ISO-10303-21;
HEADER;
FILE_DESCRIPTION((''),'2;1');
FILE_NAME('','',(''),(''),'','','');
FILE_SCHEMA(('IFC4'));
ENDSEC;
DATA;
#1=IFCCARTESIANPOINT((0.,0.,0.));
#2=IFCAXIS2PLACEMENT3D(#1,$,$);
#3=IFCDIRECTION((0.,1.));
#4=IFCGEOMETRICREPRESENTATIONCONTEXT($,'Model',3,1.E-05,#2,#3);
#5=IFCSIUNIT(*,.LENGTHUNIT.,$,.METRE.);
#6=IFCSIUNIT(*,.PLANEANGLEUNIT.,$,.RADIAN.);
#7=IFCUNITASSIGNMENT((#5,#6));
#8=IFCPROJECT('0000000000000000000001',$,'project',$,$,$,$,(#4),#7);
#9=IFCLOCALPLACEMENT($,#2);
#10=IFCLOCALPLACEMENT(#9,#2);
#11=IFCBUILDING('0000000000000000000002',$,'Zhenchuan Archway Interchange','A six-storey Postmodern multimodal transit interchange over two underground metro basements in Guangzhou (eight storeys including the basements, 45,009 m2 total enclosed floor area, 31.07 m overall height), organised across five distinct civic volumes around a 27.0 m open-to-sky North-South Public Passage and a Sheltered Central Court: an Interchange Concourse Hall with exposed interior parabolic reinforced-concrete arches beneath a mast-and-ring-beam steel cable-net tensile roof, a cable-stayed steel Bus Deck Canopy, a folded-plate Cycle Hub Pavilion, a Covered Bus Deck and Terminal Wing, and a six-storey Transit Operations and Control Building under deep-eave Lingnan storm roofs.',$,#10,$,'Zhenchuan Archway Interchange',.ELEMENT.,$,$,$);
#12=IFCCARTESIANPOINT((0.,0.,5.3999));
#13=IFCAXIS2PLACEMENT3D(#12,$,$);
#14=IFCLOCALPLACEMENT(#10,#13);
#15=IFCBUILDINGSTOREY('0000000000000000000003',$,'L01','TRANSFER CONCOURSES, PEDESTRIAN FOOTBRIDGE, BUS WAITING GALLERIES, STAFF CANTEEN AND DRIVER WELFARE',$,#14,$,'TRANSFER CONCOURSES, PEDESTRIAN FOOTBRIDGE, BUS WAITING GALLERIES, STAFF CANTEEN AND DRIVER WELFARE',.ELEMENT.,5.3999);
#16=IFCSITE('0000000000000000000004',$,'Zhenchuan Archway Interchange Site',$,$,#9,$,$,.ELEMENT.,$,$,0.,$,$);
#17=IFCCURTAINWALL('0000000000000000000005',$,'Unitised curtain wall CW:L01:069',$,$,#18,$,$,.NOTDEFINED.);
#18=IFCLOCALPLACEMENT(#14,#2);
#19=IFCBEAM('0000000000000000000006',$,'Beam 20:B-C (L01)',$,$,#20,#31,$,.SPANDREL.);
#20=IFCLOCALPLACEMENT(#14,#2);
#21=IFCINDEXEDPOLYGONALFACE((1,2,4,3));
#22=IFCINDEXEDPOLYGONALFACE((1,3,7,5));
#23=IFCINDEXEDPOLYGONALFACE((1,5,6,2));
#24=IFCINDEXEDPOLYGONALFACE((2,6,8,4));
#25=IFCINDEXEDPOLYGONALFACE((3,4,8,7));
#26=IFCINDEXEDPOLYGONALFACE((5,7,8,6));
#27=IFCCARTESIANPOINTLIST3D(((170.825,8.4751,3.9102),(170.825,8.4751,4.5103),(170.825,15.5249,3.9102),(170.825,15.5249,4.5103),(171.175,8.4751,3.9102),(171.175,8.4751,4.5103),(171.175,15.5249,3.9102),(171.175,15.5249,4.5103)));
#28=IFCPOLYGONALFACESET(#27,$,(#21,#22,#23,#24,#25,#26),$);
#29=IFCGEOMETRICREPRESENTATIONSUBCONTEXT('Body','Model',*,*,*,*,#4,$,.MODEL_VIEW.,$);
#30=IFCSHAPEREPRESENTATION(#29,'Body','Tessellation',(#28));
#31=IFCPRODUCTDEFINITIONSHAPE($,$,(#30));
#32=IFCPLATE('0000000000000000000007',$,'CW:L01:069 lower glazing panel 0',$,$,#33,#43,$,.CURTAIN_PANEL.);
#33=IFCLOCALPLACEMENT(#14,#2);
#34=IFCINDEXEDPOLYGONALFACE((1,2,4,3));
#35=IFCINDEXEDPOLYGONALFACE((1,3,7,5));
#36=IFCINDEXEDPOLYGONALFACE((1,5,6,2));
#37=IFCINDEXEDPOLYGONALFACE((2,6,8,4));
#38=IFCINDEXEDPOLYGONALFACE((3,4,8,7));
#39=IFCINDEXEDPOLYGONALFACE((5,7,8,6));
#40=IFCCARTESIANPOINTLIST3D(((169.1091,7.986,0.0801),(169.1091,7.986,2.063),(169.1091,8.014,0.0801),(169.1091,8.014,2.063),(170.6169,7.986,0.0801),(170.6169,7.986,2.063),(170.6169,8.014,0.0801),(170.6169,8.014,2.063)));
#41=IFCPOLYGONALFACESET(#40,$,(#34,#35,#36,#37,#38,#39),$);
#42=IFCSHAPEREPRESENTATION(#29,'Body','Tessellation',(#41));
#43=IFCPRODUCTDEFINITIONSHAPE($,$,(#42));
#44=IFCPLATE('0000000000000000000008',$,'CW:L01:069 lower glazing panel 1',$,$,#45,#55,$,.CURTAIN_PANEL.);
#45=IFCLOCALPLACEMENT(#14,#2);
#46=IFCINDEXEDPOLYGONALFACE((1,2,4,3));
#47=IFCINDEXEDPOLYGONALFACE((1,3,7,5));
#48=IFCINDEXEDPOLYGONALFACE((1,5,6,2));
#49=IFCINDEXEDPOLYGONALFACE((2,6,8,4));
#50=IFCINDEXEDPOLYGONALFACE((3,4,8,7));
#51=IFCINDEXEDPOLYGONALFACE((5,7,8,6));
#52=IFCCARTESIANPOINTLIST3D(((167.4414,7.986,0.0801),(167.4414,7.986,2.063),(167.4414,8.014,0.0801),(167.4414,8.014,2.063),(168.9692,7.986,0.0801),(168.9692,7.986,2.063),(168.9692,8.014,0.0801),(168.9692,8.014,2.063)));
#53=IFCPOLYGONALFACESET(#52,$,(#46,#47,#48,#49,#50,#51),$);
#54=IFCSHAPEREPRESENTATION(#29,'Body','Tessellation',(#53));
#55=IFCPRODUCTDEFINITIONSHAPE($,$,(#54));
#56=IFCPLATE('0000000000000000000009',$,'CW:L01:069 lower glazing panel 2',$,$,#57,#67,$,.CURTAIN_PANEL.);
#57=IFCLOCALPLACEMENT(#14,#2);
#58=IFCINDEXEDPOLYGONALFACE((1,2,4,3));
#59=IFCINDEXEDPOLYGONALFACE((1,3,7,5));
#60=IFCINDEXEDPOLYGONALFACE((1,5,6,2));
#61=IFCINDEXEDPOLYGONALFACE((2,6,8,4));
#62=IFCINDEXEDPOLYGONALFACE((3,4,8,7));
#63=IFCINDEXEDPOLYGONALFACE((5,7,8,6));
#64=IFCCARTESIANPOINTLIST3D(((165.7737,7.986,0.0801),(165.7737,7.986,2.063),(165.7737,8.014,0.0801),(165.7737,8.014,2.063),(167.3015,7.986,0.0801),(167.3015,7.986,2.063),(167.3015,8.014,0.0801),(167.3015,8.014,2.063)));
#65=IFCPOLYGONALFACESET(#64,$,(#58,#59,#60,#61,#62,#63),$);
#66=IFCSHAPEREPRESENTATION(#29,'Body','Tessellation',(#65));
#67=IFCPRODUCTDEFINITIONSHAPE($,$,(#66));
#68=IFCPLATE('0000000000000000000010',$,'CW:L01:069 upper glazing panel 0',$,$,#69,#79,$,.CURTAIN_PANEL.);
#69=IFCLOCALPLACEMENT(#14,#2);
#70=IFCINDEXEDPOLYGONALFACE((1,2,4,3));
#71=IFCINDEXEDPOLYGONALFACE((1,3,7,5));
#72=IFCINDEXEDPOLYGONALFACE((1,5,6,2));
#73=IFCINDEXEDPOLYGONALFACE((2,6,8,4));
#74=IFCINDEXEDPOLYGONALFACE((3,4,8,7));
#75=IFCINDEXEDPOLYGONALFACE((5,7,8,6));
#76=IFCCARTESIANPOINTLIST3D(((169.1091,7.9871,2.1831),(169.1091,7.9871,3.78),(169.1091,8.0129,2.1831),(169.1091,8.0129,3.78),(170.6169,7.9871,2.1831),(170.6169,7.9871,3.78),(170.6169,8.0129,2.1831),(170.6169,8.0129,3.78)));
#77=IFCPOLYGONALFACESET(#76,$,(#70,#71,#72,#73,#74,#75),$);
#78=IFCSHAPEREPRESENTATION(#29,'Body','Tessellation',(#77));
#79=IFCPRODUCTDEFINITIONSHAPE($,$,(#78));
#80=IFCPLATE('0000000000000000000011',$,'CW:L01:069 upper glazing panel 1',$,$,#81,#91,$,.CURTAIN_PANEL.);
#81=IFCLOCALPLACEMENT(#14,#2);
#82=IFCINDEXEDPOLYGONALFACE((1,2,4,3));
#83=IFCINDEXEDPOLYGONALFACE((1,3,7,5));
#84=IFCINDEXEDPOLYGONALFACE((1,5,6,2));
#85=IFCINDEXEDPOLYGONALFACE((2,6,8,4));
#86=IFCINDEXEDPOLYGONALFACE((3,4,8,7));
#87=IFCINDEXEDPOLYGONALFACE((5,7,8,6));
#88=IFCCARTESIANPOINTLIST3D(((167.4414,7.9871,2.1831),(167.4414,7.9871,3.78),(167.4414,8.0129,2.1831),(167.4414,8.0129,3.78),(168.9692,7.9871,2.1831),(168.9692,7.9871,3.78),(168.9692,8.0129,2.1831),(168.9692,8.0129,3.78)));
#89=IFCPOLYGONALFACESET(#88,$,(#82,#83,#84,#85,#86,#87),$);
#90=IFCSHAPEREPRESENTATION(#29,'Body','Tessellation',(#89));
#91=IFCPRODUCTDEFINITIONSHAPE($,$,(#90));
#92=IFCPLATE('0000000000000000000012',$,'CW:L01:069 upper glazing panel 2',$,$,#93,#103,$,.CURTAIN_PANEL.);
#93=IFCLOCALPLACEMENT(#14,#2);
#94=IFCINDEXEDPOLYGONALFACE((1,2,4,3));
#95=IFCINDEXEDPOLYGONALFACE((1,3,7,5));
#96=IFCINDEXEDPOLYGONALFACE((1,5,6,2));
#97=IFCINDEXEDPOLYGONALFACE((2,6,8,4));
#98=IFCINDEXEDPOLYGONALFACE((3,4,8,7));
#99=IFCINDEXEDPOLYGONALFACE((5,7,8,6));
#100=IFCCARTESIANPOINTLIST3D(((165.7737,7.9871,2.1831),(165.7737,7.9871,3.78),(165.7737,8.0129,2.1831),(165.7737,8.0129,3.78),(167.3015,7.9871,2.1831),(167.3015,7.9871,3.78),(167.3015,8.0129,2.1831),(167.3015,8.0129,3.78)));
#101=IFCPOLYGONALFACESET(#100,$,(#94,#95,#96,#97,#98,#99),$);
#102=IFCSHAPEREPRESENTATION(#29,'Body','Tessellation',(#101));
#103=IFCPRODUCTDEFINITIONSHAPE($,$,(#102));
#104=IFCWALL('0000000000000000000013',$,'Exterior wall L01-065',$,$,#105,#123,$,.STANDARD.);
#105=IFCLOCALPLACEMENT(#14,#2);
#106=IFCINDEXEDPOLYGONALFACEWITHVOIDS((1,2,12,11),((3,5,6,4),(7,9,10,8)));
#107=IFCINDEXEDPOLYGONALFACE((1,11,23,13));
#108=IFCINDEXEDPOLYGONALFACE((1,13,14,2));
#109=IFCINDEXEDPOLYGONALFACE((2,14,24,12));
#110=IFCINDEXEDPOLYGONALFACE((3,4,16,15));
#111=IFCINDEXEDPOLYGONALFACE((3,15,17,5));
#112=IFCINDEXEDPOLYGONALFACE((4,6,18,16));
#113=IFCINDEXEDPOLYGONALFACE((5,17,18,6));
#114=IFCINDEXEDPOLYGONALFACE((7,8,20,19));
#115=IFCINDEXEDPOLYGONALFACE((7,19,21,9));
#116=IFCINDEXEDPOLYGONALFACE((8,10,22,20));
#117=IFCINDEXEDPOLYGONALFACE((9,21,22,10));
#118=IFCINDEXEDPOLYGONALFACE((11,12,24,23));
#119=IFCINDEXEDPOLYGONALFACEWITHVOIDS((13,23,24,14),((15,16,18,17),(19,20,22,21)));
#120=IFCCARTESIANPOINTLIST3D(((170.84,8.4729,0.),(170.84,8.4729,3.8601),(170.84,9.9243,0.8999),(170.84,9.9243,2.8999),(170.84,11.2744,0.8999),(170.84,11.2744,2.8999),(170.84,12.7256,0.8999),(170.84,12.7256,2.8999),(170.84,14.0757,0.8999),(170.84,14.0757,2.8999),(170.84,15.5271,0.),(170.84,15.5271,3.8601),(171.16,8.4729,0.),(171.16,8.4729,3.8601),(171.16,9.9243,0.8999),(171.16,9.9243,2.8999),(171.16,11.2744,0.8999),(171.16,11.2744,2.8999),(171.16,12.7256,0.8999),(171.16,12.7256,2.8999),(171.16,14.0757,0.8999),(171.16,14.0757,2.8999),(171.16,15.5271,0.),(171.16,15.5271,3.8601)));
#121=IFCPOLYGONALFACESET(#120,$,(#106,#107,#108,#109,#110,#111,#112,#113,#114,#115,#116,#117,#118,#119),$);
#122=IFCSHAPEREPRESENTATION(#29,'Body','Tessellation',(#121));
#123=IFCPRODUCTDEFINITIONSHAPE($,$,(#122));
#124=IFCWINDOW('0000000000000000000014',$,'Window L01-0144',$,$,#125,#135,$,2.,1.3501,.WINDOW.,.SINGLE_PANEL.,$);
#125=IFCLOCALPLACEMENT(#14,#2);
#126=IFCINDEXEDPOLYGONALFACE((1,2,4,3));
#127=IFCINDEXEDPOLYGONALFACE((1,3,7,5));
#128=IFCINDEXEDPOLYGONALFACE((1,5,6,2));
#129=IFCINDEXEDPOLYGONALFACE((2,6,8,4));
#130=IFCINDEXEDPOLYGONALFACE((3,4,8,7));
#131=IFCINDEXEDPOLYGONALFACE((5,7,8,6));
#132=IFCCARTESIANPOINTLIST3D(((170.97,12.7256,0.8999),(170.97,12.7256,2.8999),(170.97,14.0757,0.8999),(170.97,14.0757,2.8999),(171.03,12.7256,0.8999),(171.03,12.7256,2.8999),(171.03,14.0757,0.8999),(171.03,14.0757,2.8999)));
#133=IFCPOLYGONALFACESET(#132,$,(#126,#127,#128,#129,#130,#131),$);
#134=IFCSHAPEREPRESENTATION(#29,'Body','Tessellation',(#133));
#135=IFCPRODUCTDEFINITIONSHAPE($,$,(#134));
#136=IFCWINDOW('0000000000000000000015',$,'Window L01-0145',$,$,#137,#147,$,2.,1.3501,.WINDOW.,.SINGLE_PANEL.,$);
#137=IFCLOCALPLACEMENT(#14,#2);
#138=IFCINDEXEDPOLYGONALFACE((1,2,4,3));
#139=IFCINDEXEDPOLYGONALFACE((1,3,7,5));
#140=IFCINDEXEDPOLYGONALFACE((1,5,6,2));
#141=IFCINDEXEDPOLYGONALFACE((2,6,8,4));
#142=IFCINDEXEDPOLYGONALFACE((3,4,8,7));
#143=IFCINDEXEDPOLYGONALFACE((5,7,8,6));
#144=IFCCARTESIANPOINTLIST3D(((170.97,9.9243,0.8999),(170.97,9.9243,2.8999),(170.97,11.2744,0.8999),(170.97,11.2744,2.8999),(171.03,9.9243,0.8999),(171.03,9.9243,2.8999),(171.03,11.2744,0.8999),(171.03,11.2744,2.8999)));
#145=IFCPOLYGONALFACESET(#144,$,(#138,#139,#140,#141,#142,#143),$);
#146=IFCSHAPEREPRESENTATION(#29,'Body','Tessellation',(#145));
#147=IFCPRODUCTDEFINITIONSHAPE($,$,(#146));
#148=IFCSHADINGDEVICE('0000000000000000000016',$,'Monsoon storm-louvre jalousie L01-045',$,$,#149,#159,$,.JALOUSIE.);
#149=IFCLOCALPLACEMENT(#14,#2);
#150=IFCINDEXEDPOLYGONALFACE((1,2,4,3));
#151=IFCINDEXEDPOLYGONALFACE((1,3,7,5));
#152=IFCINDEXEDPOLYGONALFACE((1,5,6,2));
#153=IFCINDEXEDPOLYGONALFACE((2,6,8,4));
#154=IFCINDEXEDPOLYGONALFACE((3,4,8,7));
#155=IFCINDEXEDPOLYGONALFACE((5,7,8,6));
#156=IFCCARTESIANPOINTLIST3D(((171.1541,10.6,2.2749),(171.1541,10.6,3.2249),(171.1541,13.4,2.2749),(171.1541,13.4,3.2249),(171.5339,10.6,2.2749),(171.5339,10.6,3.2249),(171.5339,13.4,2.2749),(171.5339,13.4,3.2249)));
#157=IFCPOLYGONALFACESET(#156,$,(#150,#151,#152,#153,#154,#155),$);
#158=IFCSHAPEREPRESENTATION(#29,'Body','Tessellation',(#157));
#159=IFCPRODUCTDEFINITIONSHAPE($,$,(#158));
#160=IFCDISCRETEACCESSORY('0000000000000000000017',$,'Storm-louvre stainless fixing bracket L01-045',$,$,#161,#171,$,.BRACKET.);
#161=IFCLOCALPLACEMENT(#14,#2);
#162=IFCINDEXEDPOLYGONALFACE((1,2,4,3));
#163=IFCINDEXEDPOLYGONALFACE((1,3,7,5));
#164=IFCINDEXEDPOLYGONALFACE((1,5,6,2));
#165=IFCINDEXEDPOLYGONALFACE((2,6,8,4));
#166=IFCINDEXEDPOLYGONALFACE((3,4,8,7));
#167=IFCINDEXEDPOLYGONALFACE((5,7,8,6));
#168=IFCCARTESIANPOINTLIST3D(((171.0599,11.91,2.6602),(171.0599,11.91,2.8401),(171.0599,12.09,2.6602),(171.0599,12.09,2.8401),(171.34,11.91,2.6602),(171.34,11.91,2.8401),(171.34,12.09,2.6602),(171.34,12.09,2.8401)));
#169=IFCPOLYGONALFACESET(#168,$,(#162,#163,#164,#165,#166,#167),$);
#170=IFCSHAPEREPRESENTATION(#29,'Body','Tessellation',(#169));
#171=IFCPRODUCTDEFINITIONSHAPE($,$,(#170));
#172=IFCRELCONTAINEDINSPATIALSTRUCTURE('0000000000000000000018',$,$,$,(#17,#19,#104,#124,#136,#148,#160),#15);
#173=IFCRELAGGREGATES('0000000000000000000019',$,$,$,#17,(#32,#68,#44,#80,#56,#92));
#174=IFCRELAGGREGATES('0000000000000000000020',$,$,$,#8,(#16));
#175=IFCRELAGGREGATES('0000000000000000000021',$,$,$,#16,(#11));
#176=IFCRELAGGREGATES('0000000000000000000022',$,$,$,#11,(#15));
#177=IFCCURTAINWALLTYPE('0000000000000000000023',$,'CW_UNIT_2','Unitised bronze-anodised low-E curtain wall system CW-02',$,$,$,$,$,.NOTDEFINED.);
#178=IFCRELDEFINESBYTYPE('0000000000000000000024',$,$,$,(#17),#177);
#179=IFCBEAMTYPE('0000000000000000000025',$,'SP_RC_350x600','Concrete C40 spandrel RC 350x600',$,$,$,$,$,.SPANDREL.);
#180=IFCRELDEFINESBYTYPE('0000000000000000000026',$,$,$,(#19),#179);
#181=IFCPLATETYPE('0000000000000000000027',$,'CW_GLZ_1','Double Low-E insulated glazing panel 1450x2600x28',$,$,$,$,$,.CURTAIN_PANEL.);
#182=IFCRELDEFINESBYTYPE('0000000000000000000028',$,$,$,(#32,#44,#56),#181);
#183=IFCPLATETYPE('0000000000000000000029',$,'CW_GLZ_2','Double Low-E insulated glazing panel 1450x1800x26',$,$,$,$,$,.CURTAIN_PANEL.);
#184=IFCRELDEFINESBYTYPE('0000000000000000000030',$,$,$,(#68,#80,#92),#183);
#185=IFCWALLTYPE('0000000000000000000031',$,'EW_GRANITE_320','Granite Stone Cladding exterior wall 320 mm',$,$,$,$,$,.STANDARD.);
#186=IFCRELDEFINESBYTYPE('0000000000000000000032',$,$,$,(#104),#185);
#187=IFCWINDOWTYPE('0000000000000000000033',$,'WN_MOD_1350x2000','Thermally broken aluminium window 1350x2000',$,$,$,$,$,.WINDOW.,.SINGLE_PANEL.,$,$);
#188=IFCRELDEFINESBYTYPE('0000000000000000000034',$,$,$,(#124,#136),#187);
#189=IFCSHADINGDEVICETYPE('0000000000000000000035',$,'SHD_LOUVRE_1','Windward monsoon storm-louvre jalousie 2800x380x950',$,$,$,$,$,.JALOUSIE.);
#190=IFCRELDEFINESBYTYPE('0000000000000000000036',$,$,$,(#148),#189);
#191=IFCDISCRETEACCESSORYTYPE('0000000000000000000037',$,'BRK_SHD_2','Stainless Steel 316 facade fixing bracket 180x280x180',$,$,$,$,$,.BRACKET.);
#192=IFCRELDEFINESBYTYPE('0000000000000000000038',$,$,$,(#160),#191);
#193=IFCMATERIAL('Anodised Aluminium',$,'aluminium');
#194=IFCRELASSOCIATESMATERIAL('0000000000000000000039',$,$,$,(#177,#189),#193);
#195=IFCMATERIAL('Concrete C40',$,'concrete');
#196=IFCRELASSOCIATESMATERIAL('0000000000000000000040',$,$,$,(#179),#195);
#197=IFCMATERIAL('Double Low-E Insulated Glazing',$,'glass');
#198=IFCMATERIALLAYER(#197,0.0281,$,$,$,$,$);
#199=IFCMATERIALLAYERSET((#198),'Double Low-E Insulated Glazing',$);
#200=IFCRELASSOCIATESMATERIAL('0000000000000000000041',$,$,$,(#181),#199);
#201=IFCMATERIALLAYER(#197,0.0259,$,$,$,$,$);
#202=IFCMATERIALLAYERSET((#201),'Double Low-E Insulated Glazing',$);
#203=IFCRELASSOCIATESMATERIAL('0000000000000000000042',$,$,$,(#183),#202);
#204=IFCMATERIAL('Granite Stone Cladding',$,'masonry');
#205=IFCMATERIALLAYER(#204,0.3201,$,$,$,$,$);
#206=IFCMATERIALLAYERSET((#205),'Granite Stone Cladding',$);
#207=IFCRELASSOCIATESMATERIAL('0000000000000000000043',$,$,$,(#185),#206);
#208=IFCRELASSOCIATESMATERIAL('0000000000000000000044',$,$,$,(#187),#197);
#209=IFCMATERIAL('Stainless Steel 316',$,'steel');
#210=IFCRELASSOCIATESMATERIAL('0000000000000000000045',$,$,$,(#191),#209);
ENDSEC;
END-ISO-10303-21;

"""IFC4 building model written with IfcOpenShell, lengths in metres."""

from ifc_helpers import new_model, si_unit, direction, frame, frame_2d, origin, origin_2d, place, context, subcontext, project, spatial, rectangle, extrude, material, layer, layer_set, material_profile, profile_set, type_object, element, fill, aggregate, save


model = new_model("IFC4")

# Units and contexts
model_context = context("Model", 3, precision=1e-05, world=origin(), true_north=direction((0.0, 1.0)))
body_context = subcontext(model_context, "Body", "Model", "MODEL_VIEW")
ifc_project = project(units=[si_unit("LENGTHUNIT", "METRE"), si_unit("PLANEANGLEUNIT", "RADIAN")], contexts=[model_context])

# Site, building, storey
site_placement = place(None, origin())
site = spatial("IfcSite", under=ifc_project, at=site_placement, Name="Zhenchuan Archway Interchange Site", CompositionType="ELEMENT", RefElevation=0.0)
building_placement = place(site_placement, origin())
building = spatial("IfcBuilding", under=site, at=building_placement, Name="Zhenchuan Archway Interchange", Description="A six-storey Postmodern multimodal transit interchange over two underground metro basements in Guangzhou (eight storeys including the basements, 45,009 m2 total enclosed floor area, 31.07 m overall height), organised across five distinct civic volumes around a 27.0 m open-to-sky North-South Public Passage and a Sheltered Central Court: an Interchange Concourse Hall with exposed interior parabolic reinforced-concrete arches beneath a mast-and-ring-beam steel cable-net tensile roof, a cable-stayed steel Bus Deck Canopy, a folded-plate Cycle Hub Pavilion, a Covered Bus Deck and Terminal Wing, and a six-storey Transit Operations and Control Building under deep-eave Lingnan storm roofs.", LongName="Zhenchuan Archway Interchange", CompositionType="ELEMENT")
storey_placement = place(building_placement, frame((0.0, 0.0, 5.3999)))
storey = spatial("IfcBuildingStorey", under=building, at=storey_placement, Name="L01", Description="TRANSFER CONCOURSES, PEDESTRIAN FOOTBRIDGE, BUS WAITING GALLERIES, STAFF CANTEEN AND DRIVER WELFARE", LongName="TRANSFER CONCOURSES, PEDESTRIAN FOOTBRIDGE, BUS WAITING GALLERIES, STAFF CANTEEN AND DRIVER WELFARE", CompositionType="ELEMENT", Elevation=5.3999)

# Shared definitions
ifc_material_1 = material(Name="Concrete C40", Category="concrete")

# Curtain wall
ifc_material_2 = material(Name="Anodised Aluminium", Category="aluminium")
curtain_wall_type = type_object("IfcCurtainWallType", Name="CW_UNIT_2", Description="Unitised bronze-anodised low-E curtain wall system CW-02", PredefinedType="NOTDEFINED", material=ifc_material_2)
curtain_wall_placement = place(storey_placement, origin())
curtain_wall = element("IfcCurtainWall", 1, at=curtain_wall_placement, inside=storey, type_object=curtain_wall_type, Name="Unitised curtain wall CW:L01:069", PredefinedType="NOTDEFINED")

# Beam
ifc_material_profile_1 = material_profile(ifc_material_1, rectangle(XDim=0.3501, YDim=0.6001, at=origin_2d()), Name="RC 350x600")
ifc_profile_set_1 = profile_set([ifc_material_profile_1], Name="Concrete C40")
beam_type_1 = type_object("IfcBeamType", Name="SP_RC_350x600", Description="Concrete C40 spandrel RC 350x600", PredefinedType="SPANDREL", material=ifc_profile_set_1)
beam_1_placement = place(storey_placement, frame((171.0, 8.4751, 4.2102), z_axis=(0.0, 1.0, 0.0), x_axis=(-1.0, 0.0, 0.0)))
element("IfcBeam", 2, at=beam_1_placement, inside=storey, type_object=beam_type_1, Name="Beam 20:B-C (L01)", PredefinedType="SPANDREL", context=body_context, shape_type="SweptSolid", body=[
    extrude(rectangle(XDim=0.3501, YDim=0.6001, at=origin_2d()), origin(), (0.0, 0.0, 1.0), 7.0498),
])

# Plates
ifc_material_3 = material(Name="Double Low-E Insulated Glazing", Category="glass")
ifc_layer_1 = layer(ifc_material_3, 0.0281)
ifc_layer_set_1 = layer_set([ifc_layer_1], Name="Double Low-E Insulated Glazing")
plate_type_1 = type_object("IfcPlateType", Name="CW_GLZ_1", Description="Double Low-E insulated glazing panel 1450x2600x28", PredefinedType="CURTAIN_PANEL", material=ifc_layer_set_1)
plate_1_placement = place(storey_placement, frame((169.863, 8.0, 0.0801), z_axis=(0.0, 0.0, 1.0), x_axis=(-1.0, 0.0, 0.0)))
plate_1 = element("IfcPlate", 3, at=plate_1_placement, type_object=plate_type_1, Name="CW:L01:069 lower glazing panel 0", PredefinedType="CURTAIN_PANEL", context=body_context, shape_type="SweptSolid", body=[
    extrude(rectangle(XDim=1.5078, YDim=0.0281, at=origin_2d()), origin(), (0.0, 0.0, 1.0), 1.9829),
])
plate_2_placement = place(storey_placement, frame((168.2053, 8.0, 0.0801), z_axis=(0.0, 0.0, 1.0), x_axis=(-1.0, 0.0, 0.0)))
plate_2 = element("IfcPlate", 4, at=plate_2_placement, type_object=plate_type_1, Name="CW:L01:069 lower glazing panel 1", PredefinedType="CURTAIN_PANEL", context=body_context, shape_type="SweptSolid", body=[
    extrude(rectangle(XDim=1.5278, YDim=0.0281, at=origin_2d()), origin(), (0.0, 0.0, 1.0), 1.9829),
])
plate_3_placement = place(storey_placement, frame((166.5376, 8.0, 0.0801), z_axis=(0.0, 0.0, 1.0), x_axis=(-1.0, 0.0, 0.0)))
plate_3 = element("IfcPlate", 5, at=plate_3_placement, type_object=plate_type_1, Name="CW:L01:069 lower glazing panel 2", PredefinedType="CURTAIN_PANEL", context=body_context, shape_type="SweptSolid", body=[
    extrude(rectangle(XDim=1.5278, YDim=0.0281, at=origin_2d()), origin(), (0.0, 0.0, 1.0), 1.9829),
])
ifc_layer_2 = layer(ifc_material_3, 0.0259)
ifc_layer_set_2 = layer_set([ifc_layer_2], Name="Double Low-E Insulated Glazing")
plate_type_2 = type_object("IfcPlateType", Name="CW_GLZ_2", Description="Double Low-E insulated glazing panel 1450x1800x26", PredefinedType="CURTAIN_PANEL", material=ifc_layer_set_2)
plate_4_placement = place(storey_placement, frame((169.863, 8.0, 2.1831), z_axis=(0.0, 0.0, 1.0), x_axis=(-1.0, 0.0, 0.0)))
plate_4 = element("IfcPlate", 6, at=plate_4_placement, type_object=plate_type_2, Name="CW:L01:069 upper glazing panel 0", PredefinedType="CURTAIN_PANEL", context=body_context, shape_type="SweptSolid", body=[
    extrude(rectangle(XDim=1.5078, YDim=0.0259, at=origin_2d()), origin(), (0.0, 0.0, 1.0), 1.5969),
])
plate_5_placement = place(storey_placement, frame((168.2053, 8.0, 2.1831), z_axis=(0.0, 0.0, 1.0), x_axis=(-1.0, 0.0, 0.0)))
plate_5 = element("IfcPlate", 7, at=plate_5_placement, type_object=plate_type_2, Name="CW:L01:069 upper glazing panel 1", PredefinedType="CURTAIN_PANEL", context=body_context, shape_type="SweptSolid", body=[
    extrude(rectangle(XDim=1.5278, YDim=0.0259, at=origin_2d()), origin(), (0.0, 0.0, 1.0), 1.5969),
])
plate_6_placement = place(storey_placement, frame((166.5376, 8.0, 2.1831), z_axis=(0.0, 0.0, 1.0), x_axis=(-1.0, 0.0, 0.0)))
plate_6 = element("IfcPlate", 8, at=plate_6_placement, type_object=plate_type_2, Name="CW:L01:069 upper glazing panel 2", PredefinedType="CURTAIN_PANEL", context=body_context, shape_type="SweptSolid", body=[
    extrude(rectangle(XDim=1.5278, YDim=0.0259, at=origin_2d()), origin(), (0.0, 0.0, 1.0), 1.5969),
])
aggregate(curtain_wall, [plate_1, plate_4, plate_2, plate_5, plate_3, plate_6])

# Wall, openings, windows
ifc_material_4 = material(Name="Granite Stone Cladding", Category="masonry")
ifc_layer_3 = layer(ifc_material_4, 0.3201)
ifc_layer_set_3 = layer_set([ifc_layer_3], Name="Granite Stone Cladding")
wall_type = type_object("IfcWallType", Name="EW_GRANITE_320", Description="Granite Stone Cladding exterior wall 320 mm", PredefinedType="STANDARD", material=ifc_layer_set_3)
wall_placement = place(storey_placement, frame((171.0, 15.5271, 0.0), z_axis=(0.0, 0.0, 1.0), x_axis=(0.0, -1.0, 0.0)))
wall = element("IfcWall", 9, at=wall_placement, inside=storey, type_object=wall_type, Name="Exterior wall L01-065", PredefinedType="STANDARD", context=body_context, shape_type="SweptSolid", body=[
    extrude(rectangle(XDim=7.0542, YDim=0.3201, at=frame_2d((3.5271, 0.0))), origin(), (0.0, 0.0, 1.0), 3.8601),
])
opening_1_placement = place(wall_placement, frame((1.4514, 0.0, 0.8999)))
opening_1 = element("IfcOpeningElement", 10, at=opening_1_placement, cuts=wall, PredefinedType="OPENING", context=body_context, shape_type="SweptSolid", body=[
    extrude(rectangle(XDim=1.3501, YDim=2.0, at=frame_2d((0.675, 1.0))), frame((0.0, 0.1719, 0.0), z_axis=(0.0, -1.0, 0.0), x_axis=(1.0, 0.0, 0.0)), (0.0, 0.0, 1.0), 0.344),
])
opening_2_placement = place(wall_placement, frame((4.2527, 0.0, 0.8999)))
opening_2 = element("IfcOpeningElement", 11, at=opening_2_placement, cuts=wall, PredefinedType="OPENING", context=body_context, shape_type="SweptSolid", body=[
    extrude(rectangle(XDim=1.3501, YDim=2.0, at=frame_2d((0.675, 1.0))), frame((0.0, 0.1719, 0.0), z_axis=(0.0, -1.0, 0.0), x_axis=(1.0, 0.0, 0.0)), (0.0, 0.0, 1.0), 0.344),
])
window_type = type_object("IfcWindowType", Name="WN_MOD_1350x2000", Description="Thermally broken aluminium window 1350x2000", PartitioningType="SINGLE_PANEL", PredefinedType="WINDOW", material=ifc_material_3)
window_1_placement = place(opening_1_placement, origin())
window_1 = element("IfcWindow", 12, at=window_1_placement, inside=storey, type_object=window_type, Name="Window L01-0144", OverallHeight=2.0, OverallWidth=1.3501, PartitioningType="SINGLE_PANEL", PredefinedType="WINDOW", context=body_context, shape_type="SweptSolid", body=[
    extrude(rectangle(XDim=1.3501, YDim=2.0, at=frame_2d((0.675, 1.0))), frame((0.0, 0.03, 0.0), z_axis=(0.0, -1.0, 0.0), x_axis=(1.0, 0.0, 0.0)), (0.0, 0.0, 1.0), 0.0601),
])
fill(opening_1, window_1)
window_2_placement = place(opening_2_placement, origin())
window_2 = element("IfcWindow", 13, at=window_2_placement, inside=storey, type_object=window_type, Name="Window L01-0145", OverallHeight=2.0, OverallWidth=1.3501, PartitioningType="SINGLE_PANEL", PredefinedType="WINDOW", context=body_context, shape_type="SweptSolid", body=[
    extrude(rectangle(XDim=1.3501, YDim=2.0, at=frame_2d((0.675, 1.0))), frame((0.0, 0.03, 0.0), z_axis=(0.0, -1.0, 0.0), x_axis=(1.0, 0.0, 0.0)), (0.0, 0.0, 1.0), 0.0601),
])
fill(opening_2, window_2)

# Shading device
shading_device_type = type_object("IfcShadingDeviceType", Name="SHD_LOUVRE_1", Description="Windward monsoon storm-louvre jalousie 2800x380x950", PredefinedType="JALOUSIE", material=ifc_material_2)
shading_device_placement = place(storey_placement, frame((171.344, 12.0, 2.2749), z_axis=(0.0, 0.0, 1.0), x_axis=(0.0, -1.0, 0.0)))
element("IfcShadingDevice", 14, at=shading_device_placement, inside=storey, type_object=shading_device_type, Name="Monsoon storm-louvre jalousie L01-045", PredefinedType="JALOUSIE", context=body_context, shape_type="SweptSolid", body=[
    extrude(rectangle(XDim=2.8, YDim=0.3799, at=origin_2d()), origin(), (0.0, 0.0, 1.0), 0.95),
])

# Discrete accessory
ifc_material_5 = material(Name="Stainless Steel 316", Category="steel")
discrete_accessory_type = type_object("IfcDiscreteAccessoryType", Name="BRK_SHD_2", Description="Stainless Steel 316 facade fixing bracket 180x280x180", PredefinedType="BRACKET", material=ifc_material_5)
discrete_accessory_placement = place(storey_placement, frame((171.2, 12.0, 2.6602), z_axis=(0.0, 0.0, 1.0), x_axis=(0.0, -1.0, 0.0)))
element("IfcDiscreteAccessory", 15, at=discrete_accessory_placement, inside=storey, type_object=discrete_accessory_type, Name="Storm-louvre stainless fixing bracket L01-045", PredefinedType="BRACKET", context=body_context, shape_type="SweptSolid", body=[
    extrude(rectangle(XDim=0.1799, YDim=0.28, at=origin_2d()), origin(), (0.0, 0.0, 1.0), 0.1799),
])

save(model, "model.ifc")
